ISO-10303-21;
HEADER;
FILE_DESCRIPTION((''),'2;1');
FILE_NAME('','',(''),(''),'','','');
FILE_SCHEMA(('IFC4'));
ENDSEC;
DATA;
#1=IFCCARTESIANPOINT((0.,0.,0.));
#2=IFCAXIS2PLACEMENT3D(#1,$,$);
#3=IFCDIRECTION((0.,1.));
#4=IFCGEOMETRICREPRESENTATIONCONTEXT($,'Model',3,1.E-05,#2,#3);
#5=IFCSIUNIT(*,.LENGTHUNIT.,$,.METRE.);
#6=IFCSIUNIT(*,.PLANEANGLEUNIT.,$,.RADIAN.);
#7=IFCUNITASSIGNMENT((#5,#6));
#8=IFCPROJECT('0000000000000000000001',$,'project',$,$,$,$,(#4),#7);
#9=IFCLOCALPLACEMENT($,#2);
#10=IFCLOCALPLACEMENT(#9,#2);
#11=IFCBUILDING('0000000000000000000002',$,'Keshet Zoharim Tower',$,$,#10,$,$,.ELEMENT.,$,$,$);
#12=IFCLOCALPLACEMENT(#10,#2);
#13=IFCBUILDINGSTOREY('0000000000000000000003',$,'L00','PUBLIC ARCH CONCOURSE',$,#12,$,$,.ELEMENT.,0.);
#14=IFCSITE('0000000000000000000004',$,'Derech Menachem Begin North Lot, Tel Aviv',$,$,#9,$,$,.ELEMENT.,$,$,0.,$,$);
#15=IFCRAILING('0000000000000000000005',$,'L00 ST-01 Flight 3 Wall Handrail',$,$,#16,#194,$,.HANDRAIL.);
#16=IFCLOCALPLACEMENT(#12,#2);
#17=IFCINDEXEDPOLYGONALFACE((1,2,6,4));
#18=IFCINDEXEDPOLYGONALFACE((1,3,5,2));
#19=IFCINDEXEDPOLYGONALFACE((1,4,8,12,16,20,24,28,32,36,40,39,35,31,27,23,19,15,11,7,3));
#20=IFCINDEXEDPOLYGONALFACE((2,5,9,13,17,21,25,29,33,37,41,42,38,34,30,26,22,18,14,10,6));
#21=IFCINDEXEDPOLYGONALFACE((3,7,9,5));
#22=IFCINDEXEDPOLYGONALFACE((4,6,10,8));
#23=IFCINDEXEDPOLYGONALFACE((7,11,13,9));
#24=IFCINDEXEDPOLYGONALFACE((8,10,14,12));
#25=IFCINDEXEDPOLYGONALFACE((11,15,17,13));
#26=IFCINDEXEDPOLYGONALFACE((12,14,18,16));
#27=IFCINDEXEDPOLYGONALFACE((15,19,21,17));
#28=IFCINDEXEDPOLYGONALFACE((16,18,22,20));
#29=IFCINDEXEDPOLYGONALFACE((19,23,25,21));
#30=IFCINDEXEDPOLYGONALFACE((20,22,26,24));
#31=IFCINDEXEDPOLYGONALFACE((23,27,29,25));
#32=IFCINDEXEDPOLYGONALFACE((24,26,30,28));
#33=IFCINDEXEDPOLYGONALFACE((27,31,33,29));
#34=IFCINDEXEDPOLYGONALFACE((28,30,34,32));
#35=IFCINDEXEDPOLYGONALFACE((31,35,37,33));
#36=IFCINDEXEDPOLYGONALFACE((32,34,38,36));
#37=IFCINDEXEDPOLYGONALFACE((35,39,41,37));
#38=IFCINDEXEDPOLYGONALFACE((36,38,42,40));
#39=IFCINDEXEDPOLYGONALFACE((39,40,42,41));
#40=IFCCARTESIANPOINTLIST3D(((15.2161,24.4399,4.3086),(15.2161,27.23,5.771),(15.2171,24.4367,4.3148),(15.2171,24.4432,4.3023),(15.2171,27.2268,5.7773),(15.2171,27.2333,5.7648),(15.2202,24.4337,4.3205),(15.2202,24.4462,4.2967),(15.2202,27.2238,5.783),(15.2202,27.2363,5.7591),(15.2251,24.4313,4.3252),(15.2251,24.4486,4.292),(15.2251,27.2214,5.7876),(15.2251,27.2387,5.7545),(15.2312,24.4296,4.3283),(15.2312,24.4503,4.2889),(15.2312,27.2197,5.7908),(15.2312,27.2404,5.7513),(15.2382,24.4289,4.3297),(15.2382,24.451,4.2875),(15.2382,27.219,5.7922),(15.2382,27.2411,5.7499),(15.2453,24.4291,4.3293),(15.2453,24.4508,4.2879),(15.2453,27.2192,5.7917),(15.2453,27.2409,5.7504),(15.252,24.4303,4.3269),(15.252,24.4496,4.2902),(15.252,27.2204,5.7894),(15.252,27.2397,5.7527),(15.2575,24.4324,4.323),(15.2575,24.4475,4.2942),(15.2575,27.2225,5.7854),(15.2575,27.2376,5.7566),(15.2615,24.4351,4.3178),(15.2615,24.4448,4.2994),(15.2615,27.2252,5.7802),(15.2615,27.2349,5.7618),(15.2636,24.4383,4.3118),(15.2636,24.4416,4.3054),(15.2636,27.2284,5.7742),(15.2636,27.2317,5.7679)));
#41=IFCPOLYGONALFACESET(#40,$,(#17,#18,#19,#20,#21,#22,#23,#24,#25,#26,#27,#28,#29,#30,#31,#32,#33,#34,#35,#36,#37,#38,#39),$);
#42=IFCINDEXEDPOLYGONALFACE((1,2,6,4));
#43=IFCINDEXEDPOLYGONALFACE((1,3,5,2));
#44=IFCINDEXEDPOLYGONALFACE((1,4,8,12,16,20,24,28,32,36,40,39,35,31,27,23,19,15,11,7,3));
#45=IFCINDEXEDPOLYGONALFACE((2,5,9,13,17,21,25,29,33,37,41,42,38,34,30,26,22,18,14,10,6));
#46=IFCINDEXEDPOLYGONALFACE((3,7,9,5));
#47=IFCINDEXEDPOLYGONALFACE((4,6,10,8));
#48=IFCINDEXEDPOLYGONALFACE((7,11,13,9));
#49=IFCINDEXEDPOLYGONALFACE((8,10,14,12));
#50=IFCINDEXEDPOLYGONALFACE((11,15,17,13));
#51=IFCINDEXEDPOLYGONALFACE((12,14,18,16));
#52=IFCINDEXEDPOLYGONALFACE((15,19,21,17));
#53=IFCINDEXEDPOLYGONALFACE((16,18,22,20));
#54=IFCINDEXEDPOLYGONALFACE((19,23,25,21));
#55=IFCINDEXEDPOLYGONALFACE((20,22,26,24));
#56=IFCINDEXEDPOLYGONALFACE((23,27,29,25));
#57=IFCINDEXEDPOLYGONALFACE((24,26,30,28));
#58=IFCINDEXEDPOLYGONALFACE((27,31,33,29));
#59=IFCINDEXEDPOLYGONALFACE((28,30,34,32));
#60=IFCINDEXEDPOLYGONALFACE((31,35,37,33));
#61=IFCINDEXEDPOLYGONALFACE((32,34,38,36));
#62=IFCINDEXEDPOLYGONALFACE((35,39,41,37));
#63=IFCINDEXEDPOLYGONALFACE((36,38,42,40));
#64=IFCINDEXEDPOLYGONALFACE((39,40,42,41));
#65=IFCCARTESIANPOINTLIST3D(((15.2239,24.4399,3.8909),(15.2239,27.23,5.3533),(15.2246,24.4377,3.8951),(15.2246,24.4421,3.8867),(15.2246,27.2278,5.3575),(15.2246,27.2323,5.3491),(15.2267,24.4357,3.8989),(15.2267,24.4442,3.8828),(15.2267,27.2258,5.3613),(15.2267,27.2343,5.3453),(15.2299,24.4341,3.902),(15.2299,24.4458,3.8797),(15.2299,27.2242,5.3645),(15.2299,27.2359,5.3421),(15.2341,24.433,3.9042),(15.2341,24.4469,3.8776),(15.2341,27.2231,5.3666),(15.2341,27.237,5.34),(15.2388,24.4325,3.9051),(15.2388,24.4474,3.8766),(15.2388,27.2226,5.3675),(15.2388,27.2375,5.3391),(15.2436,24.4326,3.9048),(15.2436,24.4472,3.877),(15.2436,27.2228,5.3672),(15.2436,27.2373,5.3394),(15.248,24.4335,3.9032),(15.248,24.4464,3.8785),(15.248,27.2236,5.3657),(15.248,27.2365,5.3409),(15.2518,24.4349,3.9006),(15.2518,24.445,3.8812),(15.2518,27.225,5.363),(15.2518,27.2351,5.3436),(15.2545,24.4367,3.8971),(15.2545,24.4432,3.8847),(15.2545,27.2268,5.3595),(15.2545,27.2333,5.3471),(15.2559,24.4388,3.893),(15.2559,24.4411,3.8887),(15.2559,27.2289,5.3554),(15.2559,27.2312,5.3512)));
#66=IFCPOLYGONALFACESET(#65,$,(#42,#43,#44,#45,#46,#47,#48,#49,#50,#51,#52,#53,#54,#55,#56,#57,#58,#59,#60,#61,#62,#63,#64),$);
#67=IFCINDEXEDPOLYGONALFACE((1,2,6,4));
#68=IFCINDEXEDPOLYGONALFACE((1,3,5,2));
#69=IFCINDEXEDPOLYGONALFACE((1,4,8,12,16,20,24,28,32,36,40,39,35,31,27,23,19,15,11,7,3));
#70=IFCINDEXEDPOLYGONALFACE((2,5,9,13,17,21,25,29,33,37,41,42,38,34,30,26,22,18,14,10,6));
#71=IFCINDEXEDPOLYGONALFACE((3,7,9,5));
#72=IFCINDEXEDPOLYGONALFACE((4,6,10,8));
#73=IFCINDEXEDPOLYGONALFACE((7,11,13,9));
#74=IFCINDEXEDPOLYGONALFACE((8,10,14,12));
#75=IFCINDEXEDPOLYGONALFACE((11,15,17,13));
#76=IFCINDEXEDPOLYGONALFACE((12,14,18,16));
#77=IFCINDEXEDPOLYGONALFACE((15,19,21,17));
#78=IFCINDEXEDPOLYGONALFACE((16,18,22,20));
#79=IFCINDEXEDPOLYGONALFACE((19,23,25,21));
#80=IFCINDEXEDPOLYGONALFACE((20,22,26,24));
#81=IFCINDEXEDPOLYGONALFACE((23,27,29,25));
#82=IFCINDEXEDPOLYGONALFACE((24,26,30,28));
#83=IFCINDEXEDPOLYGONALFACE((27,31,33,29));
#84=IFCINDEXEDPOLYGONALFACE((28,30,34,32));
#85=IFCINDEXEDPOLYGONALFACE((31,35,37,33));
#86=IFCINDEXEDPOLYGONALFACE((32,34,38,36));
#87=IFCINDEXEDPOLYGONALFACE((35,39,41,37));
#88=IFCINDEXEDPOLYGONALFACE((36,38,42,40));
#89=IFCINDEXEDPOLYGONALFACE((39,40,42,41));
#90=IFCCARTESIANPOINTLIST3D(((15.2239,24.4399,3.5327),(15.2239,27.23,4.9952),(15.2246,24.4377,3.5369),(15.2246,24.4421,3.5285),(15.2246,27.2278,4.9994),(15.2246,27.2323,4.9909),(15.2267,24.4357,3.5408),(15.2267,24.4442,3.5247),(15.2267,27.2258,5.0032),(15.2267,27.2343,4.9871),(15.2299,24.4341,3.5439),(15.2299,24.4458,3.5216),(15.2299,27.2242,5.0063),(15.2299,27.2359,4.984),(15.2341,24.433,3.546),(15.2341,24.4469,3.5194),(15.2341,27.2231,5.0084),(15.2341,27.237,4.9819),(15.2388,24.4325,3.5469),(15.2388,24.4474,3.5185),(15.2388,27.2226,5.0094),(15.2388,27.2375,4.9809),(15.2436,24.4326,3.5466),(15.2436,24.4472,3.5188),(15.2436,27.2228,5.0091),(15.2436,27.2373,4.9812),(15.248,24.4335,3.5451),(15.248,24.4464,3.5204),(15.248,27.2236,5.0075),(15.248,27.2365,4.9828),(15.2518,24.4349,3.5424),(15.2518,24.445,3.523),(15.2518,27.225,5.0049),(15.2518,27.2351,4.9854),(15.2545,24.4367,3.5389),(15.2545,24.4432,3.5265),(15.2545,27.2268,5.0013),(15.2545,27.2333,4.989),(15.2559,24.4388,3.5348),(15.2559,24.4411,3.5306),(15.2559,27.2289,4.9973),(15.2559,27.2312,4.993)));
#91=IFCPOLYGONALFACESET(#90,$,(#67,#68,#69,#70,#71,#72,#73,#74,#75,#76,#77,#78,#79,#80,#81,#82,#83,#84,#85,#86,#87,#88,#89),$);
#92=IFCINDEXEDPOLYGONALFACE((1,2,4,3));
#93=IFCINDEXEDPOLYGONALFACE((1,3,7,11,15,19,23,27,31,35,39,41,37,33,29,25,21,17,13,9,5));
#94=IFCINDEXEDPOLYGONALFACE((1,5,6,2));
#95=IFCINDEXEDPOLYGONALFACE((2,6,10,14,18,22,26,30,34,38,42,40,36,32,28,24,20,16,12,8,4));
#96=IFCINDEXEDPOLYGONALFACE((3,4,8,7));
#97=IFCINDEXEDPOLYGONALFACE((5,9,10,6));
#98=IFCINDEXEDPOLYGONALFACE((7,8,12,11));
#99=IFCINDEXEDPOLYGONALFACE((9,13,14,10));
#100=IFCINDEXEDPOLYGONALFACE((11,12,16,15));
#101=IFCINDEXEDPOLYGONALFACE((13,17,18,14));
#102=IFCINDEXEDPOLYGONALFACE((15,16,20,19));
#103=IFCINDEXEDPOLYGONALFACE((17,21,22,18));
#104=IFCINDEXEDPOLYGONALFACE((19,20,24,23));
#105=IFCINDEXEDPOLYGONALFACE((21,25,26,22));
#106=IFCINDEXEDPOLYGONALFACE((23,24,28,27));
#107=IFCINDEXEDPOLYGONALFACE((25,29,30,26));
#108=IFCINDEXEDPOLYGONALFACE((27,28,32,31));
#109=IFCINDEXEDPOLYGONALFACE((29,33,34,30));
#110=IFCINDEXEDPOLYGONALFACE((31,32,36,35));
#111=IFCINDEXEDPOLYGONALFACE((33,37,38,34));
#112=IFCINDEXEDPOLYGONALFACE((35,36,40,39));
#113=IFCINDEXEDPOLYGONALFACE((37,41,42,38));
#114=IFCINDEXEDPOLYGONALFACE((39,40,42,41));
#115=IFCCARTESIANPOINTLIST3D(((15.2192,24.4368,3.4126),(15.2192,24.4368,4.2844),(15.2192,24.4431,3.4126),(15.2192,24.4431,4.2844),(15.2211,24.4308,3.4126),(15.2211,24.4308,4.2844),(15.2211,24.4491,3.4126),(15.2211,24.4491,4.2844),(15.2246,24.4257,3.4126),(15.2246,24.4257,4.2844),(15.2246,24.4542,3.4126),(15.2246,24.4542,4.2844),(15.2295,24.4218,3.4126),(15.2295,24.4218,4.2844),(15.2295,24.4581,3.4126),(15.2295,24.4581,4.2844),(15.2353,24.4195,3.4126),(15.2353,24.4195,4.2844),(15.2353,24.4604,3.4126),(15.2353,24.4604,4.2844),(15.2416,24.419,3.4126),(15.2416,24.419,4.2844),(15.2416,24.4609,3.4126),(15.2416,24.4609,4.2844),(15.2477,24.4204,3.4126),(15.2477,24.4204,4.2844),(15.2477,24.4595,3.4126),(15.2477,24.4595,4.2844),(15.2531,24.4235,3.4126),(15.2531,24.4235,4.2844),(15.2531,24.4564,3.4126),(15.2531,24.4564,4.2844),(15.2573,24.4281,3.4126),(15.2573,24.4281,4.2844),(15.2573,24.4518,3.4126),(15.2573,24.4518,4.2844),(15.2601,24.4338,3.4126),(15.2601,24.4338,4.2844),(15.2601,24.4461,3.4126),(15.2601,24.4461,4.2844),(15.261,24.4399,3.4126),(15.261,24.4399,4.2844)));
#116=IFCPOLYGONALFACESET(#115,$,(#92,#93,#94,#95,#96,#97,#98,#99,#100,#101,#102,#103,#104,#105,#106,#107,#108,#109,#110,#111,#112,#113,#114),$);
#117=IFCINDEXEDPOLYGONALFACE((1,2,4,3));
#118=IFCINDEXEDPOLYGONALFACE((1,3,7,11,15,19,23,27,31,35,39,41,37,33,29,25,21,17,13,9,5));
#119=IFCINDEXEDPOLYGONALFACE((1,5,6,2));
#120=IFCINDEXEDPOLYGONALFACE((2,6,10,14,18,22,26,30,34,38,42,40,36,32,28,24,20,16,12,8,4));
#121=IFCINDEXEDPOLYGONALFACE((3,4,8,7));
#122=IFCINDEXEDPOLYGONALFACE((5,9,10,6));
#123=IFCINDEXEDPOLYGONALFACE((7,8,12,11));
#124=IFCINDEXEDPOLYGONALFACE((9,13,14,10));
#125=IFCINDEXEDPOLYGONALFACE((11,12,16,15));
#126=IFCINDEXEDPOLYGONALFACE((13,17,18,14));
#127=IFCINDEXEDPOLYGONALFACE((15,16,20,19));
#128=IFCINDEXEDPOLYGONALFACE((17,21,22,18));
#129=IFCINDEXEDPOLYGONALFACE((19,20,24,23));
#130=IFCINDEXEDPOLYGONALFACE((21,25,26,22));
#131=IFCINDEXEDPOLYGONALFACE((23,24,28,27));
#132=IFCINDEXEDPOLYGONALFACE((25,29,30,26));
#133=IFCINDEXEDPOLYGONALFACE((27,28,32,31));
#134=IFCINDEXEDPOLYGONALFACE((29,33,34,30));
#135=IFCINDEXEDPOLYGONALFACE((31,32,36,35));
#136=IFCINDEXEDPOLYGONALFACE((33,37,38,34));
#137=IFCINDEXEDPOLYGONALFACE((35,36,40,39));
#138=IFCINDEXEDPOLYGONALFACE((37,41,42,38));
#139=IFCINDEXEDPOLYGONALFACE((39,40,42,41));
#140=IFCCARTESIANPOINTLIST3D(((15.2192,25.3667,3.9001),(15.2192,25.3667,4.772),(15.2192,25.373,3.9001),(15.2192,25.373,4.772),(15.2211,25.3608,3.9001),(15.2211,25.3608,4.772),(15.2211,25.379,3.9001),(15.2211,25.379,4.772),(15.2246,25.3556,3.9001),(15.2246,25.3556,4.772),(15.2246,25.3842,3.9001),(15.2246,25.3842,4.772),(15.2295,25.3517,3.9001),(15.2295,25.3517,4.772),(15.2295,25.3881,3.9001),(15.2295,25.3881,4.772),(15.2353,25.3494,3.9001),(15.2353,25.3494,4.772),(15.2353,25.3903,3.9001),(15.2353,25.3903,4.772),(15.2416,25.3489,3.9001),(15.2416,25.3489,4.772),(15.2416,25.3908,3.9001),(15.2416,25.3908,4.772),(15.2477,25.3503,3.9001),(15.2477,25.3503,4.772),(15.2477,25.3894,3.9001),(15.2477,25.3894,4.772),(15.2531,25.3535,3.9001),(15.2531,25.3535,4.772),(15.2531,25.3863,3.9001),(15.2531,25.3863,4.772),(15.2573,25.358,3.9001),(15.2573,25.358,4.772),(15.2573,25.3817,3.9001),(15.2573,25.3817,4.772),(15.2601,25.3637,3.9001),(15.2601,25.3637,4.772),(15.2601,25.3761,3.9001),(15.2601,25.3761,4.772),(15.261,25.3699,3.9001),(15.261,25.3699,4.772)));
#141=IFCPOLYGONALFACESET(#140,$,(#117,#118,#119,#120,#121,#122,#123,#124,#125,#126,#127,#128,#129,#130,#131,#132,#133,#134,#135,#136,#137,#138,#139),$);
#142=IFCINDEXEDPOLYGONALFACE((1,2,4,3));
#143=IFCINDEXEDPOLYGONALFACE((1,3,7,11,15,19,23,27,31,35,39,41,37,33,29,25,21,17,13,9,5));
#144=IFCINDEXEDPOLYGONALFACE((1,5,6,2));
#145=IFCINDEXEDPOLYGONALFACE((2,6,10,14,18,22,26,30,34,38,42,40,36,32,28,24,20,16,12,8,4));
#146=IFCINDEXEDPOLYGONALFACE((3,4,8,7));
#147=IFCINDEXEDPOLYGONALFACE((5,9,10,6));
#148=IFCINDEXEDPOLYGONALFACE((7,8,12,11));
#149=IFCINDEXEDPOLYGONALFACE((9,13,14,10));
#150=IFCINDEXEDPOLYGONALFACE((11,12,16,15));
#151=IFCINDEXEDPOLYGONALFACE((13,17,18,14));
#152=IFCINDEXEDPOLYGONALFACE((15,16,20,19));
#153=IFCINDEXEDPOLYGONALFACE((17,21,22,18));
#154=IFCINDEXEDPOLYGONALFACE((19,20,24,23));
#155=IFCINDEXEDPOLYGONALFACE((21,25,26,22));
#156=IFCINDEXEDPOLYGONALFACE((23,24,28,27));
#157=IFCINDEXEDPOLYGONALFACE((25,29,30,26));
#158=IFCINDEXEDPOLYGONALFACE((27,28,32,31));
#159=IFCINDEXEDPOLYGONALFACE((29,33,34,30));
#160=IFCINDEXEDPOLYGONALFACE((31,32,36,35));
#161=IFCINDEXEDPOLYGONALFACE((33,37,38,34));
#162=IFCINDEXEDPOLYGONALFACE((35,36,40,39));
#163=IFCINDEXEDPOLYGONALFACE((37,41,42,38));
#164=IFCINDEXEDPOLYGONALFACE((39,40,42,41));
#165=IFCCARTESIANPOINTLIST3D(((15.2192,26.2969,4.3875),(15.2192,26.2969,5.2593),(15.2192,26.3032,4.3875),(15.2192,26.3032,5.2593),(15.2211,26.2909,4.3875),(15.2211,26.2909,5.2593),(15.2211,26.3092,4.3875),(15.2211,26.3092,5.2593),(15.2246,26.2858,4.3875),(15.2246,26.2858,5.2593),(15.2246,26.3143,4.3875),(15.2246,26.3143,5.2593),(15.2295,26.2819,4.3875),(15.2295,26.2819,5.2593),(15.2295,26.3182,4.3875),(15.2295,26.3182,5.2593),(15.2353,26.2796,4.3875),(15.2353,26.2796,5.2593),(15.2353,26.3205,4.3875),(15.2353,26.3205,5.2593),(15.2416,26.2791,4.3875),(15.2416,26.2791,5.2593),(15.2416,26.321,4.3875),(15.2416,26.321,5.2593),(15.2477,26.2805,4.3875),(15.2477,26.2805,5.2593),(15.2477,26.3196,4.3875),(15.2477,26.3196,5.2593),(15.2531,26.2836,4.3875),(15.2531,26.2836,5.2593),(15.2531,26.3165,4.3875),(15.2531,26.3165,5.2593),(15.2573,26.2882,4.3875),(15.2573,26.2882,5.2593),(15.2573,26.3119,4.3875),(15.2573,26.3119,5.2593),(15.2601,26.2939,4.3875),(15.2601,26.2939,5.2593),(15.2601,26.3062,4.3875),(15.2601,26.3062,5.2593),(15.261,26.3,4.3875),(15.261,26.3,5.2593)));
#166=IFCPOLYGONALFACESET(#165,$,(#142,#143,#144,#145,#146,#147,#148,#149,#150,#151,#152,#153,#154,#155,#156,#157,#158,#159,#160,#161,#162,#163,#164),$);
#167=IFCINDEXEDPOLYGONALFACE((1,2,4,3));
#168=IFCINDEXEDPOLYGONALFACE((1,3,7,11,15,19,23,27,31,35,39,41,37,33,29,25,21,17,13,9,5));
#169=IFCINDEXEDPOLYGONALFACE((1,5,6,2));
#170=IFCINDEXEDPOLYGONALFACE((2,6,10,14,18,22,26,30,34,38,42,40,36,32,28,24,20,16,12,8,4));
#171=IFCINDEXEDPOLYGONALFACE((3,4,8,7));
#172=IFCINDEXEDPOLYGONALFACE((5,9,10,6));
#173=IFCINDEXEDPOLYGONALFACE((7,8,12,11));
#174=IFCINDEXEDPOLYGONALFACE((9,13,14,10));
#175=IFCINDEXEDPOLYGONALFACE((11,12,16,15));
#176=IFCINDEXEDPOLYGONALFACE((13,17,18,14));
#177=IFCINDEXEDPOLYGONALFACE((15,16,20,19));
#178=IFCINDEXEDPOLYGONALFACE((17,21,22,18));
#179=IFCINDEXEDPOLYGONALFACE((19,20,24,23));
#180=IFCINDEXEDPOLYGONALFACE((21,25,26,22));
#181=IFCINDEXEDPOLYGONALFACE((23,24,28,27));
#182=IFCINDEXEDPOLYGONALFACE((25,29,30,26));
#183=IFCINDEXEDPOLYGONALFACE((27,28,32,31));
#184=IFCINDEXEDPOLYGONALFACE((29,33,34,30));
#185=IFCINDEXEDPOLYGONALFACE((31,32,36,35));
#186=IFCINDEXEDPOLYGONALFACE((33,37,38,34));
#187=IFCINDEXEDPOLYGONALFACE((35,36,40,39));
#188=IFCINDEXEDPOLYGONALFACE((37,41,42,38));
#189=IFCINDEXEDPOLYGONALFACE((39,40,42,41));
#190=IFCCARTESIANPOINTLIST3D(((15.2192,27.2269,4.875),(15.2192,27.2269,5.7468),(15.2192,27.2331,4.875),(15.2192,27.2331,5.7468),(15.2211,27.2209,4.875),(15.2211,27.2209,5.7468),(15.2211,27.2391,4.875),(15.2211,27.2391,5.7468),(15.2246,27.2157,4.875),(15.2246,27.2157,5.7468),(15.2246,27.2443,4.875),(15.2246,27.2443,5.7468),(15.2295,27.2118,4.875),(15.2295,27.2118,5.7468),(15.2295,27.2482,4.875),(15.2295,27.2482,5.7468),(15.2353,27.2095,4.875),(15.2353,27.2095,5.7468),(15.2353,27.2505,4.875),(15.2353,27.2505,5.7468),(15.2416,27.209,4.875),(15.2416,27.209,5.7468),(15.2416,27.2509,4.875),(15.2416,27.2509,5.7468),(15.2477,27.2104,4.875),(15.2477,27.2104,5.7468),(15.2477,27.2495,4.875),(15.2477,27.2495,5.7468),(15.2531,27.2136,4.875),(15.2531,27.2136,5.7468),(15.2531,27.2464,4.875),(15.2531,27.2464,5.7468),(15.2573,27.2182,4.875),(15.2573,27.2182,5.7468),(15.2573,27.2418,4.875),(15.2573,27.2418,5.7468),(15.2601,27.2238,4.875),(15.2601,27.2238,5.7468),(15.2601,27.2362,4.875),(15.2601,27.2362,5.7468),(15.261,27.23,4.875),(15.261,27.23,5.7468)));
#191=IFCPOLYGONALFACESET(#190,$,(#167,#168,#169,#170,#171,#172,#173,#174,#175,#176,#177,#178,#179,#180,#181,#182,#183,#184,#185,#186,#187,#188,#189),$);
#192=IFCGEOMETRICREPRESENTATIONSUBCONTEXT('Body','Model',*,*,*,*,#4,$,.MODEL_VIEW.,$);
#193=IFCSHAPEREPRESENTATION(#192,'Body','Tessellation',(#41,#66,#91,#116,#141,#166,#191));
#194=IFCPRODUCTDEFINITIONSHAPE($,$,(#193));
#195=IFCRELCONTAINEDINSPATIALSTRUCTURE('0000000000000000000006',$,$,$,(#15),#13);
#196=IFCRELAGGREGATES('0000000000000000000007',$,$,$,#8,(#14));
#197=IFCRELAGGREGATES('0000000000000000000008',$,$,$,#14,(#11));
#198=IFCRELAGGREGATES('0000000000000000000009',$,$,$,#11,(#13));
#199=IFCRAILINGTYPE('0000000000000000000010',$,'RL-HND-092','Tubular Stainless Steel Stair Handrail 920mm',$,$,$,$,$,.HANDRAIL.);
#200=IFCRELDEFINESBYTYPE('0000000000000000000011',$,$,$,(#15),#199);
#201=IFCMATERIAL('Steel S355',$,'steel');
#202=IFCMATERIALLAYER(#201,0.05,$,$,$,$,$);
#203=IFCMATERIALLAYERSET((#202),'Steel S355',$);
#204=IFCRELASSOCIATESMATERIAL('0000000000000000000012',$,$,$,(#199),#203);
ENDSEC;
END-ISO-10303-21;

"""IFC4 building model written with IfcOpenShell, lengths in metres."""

from ifc_helpers import new_model, si_unit, direction, frame, origin, origin_2d, place, context, subcontext, project, spatial, circle, extrude, material, layer, layer_set, type_object, element, save


model = new_model("IFC4")

# Units and contexts
model_context = context("Model", 3, precision=1e-05, world=origin(), true_north=direction((0.0, 1.0)))
body_context = subcontext(model_context, "Body", "Model", "MODEL_VIEW")
ifc_project = project(units=[si_unit("LENGTHUNIT", "METRE"), si_unit("PLANEANGLEUNIT", "RADIAN")], contexts=[model_context])

# Site, building, storey
site_placement = place(None, origin())
site = spatial("IfcSite", under=ifc_project, at=site_placement, Name="Derech Menachem Begin North Lot, Tel Aviv", CompositionType="ELEMENT", RefElevation=0.0)
building_placement = place(site_placement, origin())
building = spatial("IfcBuilding", under=site, at=building_placement, Name="Keshet Zoharim Tower", CompositionType="ELEMENT")
storey_placement = place(building_placement, origin())
storey = spatial("IfcBuildingStorey", under=building, at=storey_placement, Name="L00", Description="PUBLIC ARCH CONCOURSE", CompositionType="ELEMENT", Elevation=0.0)

# Shared definitions
ifc_material_1 = material(Name="Steel S355", Category="steel")

# Railing
ifc_layer_1 = layer(ifc_material_1, 0.05)
ifc_layer_set_1 = layer_set([ifc_layer_1], Name="Steel S355")
railing_type_1 = type_object("IfcRailingType", Name="RL-HND-092", Description="Tubular Stainless Steel Stair Handrail 920mm", PredefinedType="HANDRAIL", material=ifc_layer_set_1)
for number, where, name in (
    (1, (15.24, 24.4399, 3.4126), "L00 ST-01 Flight 3 Wall Handrail"),
):
    element("IfcRailing", number, at=place(storey_placement, frame(where)), inside=storey, type_object=railing_type_1, Name=name, PredefinedType="HANDRAIL", context=body_context, shape_type="SweptSolid", body=[
        extrude(circle(Radius=0.0239, at=origin_2d()), frame((0.0, 0.0, 0.896), z_axis=(0.0, 0.885707, 0.464244), x_axis=(-1.0, 0.0, 0.0)), (0.0, 0.0, 1.0), 3.1501),
        extrude(circle(Radius=0.0161, at=origin_2d()), frame((0.0, 0.0, 0.4783), z_axis=(0.0, 0.885707, 0.464244), x_axis=(-1.0, 0.0, 0.0)), (0.0, 0.0, 1.0), 3.1501),
        extrude(circle(Radius=0.0161, at=origin_2d()), frame((0.0, 0.0, 0.1201), z_axis=(0.0, 0.885707, 0.464244), x_axis=(-1.0, 0.0, 0.0)), (0.0, 0.0, 1.0), 3.1501),
        extrude(circle(Radius=0.021, at=origin_2d()), origin(), (0.0, 0.0, 1.0), 0.8718),
        extrude(circle(Radius=0.021, at=origin_2d()), frame((0.0, 0.9299, 0.4875)), (0.0, 0.0, 1.0), 0.8718),
        extrude(circle(Radius=0.021, at=origin_2d()), frame((0.0, 1.8601, 0.9749)), (0.0, 0.0, 1.0), 0.8718),
        extrude(circle(Radius=0.021, at=origin_2d()), frame((0.0, 2.79, 1.4624)), (0.0, 0.0, 1.0), 0.8718),
    ])

save(model, "model.ifc")
